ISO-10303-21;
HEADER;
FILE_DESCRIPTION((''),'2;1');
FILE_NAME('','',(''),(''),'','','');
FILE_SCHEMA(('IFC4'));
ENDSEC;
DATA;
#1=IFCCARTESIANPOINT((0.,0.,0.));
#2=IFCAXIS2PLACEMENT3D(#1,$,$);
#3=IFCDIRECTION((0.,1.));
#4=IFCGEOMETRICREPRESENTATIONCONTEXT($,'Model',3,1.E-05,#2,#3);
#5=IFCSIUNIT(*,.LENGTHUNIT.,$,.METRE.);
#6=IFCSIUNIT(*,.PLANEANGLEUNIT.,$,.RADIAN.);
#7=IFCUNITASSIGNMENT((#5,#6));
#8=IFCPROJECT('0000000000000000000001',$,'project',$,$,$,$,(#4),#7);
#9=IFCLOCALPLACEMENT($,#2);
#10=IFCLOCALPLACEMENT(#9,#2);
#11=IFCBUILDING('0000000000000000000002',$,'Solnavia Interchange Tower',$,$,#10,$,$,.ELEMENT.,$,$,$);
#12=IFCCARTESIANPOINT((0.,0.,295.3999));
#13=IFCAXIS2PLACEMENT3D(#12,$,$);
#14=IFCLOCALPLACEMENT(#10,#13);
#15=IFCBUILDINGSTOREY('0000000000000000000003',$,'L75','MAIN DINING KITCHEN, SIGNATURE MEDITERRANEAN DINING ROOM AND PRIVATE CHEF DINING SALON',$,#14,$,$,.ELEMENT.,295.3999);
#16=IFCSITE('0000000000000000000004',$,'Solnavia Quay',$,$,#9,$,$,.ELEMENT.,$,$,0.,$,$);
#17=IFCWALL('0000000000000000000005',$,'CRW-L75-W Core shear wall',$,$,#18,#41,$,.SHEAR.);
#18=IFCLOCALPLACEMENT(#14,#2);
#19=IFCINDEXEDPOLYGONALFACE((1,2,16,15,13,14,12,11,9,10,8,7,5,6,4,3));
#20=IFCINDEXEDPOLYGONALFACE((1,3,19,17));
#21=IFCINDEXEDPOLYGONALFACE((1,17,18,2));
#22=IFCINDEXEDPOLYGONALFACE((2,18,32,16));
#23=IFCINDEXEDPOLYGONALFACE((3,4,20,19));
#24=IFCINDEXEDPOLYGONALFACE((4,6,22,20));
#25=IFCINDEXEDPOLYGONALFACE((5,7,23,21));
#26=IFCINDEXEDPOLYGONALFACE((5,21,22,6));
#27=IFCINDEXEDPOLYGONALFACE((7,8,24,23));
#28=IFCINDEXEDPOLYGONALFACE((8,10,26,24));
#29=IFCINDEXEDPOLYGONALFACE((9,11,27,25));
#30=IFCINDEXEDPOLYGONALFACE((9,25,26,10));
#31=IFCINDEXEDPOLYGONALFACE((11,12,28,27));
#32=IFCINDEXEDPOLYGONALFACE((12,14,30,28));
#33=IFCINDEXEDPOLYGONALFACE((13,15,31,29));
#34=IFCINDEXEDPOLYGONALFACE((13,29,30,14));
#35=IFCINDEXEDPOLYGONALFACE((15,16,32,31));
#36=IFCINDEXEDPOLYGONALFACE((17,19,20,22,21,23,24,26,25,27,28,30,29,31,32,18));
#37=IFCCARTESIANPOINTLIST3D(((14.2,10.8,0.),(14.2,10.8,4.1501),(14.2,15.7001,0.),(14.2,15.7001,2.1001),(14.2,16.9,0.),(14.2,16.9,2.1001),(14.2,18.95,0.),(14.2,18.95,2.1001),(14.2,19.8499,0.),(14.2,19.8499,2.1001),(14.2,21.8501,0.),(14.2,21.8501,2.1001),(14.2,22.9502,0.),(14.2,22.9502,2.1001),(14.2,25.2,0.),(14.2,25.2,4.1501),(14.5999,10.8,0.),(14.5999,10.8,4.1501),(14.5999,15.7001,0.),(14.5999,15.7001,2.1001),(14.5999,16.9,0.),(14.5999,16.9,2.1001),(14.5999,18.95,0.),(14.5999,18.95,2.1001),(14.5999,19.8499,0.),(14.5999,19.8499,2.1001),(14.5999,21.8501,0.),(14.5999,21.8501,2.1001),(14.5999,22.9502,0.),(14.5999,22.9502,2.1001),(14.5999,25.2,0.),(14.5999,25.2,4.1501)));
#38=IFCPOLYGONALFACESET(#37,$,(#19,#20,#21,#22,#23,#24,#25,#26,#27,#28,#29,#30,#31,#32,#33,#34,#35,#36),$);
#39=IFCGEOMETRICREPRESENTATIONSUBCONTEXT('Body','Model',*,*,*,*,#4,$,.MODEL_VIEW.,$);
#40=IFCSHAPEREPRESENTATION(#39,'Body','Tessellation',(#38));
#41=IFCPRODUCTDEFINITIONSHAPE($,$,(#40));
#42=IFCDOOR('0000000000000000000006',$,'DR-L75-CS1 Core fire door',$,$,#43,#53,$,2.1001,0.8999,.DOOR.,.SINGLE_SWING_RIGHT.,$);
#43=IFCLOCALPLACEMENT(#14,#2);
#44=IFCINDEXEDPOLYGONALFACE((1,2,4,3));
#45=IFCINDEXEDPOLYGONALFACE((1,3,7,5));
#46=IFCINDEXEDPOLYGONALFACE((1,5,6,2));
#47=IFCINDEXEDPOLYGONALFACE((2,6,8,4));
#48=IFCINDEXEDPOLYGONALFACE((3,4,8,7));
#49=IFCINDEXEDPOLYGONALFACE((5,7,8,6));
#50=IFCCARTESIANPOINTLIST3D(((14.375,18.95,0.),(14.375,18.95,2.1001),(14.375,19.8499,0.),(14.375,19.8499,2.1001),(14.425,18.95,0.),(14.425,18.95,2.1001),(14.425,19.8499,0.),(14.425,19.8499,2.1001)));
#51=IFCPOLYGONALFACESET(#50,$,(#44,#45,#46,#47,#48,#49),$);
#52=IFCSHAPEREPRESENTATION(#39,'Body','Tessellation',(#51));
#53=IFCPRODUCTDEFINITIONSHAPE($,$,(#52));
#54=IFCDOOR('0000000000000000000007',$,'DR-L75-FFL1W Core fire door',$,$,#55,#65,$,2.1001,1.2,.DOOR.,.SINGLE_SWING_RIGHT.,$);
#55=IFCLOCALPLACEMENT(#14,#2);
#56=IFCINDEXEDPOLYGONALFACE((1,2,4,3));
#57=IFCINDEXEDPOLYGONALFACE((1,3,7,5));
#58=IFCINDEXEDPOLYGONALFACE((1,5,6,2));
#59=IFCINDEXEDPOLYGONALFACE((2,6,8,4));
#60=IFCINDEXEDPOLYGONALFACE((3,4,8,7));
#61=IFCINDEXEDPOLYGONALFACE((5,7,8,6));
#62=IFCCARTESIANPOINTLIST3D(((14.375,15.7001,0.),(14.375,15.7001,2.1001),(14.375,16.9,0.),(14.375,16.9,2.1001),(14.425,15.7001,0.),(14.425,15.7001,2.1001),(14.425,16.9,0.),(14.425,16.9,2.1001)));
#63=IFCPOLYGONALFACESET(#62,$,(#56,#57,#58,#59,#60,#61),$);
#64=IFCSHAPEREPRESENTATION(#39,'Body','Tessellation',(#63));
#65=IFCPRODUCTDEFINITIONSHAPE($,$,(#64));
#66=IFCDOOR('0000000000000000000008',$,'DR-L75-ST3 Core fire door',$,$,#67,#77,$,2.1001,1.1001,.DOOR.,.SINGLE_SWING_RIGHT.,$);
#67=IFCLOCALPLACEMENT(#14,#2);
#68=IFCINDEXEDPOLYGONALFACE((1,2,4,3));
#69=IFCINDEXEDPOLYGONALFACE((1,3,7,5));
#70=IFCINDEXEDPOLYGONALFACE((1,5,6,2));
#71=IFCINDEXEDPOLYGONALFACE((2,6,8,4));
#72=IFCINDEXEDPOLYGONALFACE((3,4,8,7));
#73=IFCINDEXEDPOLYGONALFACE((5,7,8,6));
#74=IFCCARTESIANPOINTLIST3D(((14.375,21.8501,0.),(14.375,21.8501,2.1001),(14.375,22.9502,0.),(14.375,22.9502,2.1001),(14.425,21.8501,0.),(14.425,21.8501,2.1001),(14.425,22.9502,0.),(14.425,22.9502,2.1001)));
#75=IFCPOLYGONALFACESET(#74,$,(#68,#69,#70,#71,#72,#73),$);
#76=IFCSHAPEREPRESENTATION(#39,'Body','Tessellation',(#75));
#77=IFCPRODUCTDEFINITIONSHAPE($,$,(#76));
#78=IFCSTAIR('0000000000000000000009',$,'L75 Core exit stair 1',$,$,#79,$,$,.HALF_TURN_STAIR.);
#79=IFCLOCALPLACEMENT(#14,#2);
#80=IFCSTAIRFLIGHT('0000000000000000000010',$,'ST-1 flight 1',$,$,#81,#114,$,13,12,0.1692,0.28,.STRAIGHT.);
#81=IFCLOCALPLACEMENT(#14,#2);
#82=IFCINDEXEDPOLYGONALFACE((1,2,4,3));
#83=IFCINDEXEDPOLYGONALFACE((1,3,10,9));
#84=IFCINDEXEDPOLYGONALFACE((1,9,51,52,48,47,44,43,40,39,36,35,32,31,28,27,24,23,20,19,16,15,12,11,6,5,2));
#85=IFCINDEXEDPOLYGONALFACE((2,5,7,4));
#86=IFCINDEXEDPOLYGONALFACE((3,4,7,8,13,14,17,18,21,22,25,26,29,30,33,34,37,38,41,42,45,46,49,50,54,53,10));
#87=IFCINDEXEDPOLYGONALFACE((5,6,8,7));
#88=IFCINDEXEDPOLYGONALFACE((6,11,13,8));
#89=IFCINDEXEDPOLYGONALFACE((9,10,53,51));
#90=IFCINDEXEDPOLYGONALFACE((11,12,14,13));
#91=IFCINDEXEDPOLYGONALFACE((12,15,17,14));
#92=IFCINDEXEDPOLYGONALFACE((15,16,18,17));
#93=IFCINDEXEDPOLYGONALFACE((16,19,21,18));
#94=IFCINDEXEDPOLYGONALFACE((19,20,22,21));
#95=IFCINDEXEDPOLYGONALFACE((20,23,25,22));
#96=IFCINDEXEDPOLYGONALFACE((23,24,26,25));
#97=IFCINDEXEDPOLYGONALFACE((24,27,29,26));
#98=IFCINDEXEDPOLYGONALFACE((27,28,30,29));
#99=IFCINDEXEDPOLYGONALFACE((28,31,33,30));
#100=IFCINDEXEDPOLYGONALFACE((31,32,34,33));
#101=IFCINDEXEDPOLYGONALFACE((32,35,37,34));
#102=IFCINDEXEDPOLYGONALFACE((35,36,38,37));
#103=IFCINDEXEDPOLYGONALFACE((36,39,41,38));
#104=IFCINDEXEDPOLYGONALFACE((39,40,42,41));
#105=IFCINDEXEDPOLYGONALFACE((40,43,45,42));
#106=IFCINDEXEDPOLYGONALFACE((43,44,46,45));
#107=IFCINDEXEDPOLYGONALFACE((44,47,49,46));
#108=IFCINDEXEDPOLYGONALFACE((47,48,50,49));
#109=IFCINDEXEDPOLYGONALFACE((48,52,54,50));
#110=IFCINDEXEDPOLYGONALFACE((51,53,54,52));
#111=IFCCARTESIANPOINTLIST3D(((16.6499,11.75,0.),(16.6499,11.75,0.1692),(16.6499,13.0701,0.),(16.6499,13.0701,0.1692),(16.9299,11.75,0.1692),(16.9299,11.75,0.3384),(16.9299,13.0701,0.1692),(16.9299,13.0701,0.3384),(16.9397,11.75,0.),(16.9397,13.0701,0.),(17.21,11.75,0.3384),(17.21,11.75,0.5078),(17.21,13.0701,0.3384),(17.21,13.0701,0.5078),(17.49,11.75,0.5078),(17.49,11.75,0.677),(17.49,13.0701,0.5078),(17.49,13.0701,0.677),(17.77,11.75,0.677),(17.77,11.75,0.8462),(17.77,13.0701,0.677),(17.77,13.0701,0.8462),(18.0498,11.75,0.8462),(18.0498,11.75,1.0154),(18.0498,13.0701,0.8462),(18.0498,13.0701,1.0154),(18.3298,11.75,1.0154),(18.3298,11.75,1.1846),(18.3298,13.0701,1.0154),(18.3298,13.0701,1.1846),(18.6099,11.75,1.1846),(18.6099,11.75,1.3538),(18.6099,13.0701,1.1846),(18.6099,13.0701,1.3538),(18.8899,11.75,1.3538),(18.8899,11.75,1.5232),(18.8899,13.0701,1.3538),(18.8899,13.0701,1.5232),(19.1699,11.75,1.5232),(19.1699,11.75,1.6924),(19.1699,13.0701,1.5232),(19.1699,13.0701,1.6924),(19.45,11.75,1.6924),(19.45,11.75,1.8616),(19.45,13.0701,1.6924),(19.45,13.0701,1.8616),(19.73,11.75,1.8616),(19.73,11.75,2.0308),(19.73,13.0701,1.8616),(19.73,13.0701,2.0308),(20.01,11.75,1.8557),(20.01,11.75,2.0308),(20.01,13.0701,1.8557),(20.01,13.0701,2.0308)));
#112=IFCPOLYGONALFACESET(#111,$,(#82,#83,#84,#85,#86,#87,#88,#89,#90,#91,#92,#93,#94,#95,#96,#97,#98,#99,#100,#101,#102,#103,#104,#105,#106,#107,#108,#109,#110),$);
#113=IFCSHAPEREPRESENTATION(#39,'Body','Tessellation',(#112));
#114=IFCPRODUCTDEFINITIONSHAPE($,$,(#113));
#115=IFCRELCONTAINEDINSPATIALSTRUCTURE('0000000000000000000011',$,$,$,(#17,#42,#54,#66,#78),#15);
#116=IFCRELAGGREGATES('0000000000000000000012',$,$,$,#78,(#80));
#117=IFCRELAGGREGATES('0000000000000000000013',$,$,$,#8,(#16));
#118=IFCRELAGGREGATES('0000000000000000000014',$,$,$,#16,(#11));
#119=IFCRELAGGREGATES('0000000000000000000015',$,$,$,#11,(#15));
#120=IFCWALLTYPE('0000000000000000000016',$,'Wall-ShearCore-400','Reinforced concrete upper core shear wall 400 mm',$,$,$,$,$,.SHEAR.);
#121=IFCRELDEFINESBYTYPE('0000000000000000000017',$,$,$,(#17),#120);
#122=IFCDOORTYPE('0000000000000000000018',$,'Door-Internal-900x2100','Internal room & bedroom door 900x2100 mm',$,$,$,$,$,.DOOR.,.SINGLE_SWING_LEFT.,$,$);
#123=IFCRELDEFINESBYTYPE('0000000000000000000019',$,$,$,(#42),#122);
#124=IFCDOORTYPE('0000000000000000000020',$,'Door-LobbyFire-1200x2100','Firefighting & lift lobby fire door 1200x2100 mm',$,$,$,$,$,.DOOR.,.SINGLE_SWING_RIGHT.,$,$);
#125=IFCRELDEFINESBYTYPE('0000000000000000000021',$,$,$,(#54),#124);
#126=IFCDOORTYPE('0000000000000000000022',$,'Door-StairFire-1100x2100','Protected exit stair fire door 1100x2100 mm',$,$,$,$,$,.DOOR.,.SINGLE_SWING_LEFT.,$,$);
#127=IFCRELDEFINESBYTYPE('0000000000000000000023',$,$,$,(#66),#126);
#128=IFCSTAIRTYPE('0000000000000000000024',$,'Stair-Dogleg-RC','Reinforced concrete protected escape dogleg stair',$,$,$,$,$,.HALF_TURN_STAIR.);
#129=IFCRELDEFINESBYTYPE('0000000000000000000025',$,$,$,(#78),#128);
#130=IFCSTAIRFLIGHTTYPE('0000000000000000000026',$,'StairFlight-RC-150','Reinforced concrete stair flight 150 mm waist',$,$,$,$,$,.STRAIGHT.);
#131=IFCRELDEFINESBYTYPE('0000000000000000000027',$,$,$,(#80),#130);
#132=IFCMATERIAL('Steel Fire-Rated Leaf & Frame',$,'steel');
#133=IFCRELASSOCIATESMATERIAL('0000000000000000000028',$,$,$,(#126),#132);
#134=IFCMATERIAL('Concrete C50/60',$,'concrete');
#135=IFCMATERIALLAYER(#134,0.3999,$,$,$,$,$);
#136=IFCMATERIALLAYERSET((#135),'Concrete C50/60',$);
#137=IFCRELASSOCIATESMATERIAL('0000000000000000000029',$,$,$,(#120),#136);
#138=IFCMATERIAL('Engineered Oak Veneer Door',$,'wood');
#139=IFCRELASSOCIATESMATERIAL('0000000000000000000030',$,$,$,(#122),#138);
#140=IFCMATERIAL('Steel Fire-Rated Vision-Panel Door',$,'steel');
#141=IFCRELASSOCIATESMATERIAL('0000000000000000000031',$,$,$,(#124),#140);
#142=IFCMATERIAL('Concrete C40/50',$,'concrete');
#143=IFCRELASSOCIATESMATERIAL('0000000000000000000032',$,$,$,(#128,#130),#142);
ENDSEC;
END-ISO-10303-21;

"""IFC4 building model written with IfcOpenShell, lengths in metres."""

from ifc_helpers import new_model, si_unit, direction, frame, frame_2d, origin, place, context, subcontext, project, spatial, polyline, rectangle, outline, extrude, material, layer, layer_set, type_object, element, fill, aggregate, save


model = new_model("IFC4")

# Units and contexts
model_context = context("Model", 3, precision=1e-05, world=origin(), true_north=direction((0.0, 1.0)))
body_context = subcontext(model_context, "Body", "Model", "MODEL_VIEW")
ifc_project = project(units=[si_unit("LENGTHUNIT", "METRE"), si_unit("PLANEANGLEUNIT", "RADIAN")], contexts=[model_context])

# Site, building, storey
site_placement = place(None, origin())
site = spatial("IfcSite", under=ifc_project, at=site_placement, Name="Solnavia Quay", CompositionType="ELEMENT", RefElevation=0.0)
building_placement = place(site_placement, origin())
building = spatial("IfcBuilding", under=site, at=building_placement, Name="Solnavia Interchange Tower", CompositionType="ELEMENT")
storey_placement = place(building_placement, frame((0.0, 0.0, 295.3999)))
storey = spatial("IfcBuildingStorey", under=building, at=storey_placement, Name="L75", Description="MAIN DINING KITCHEN, SIGNATURE MEDITERRANEAN DINING ROOM AND PRIVATE CHEF DINING SALON", CompositionType="ELEMENT", Elevation=295.3999)

# Shared definitions
ifc_material_1 = material(Name="Concrete C50/60", Category="concrete")

# Shared definitions
ifc_material_2 = material(Name="Concrete C40/50", Category="concrete")

# Shared definitions
ifc_material_3 = material(Name="Steel Fire-Rated Leaf & Frame", Category="steel")
door_type_1 = type_object("IfcDoorType", Name="Door-StairFire-1100x2100", Description="Protected exit stair fire door 1100x2100 mm", OperationType="SINGLE_SWING_LEFT", PredefinedType="DOOR", material=ifc_material_3)

# Shared definitions
ifc_layer_1 = layer(ifc_material_1, 0.3999)
ifc_layer_set_1 = layer_set([ifc_layer_1], Name="Concrete C50/60")
wall_type_1 = type_object("IfcWallType", Name="Wall-ShearCore-400", Description="Reinforced concrete upper core shear wall 400 mm", PredefinedType="SHEAR", material=ifc_layer_set_1)

# Wall, openings, doors
wall_1_placement = place(storey_placement, frame((14.3999, 10.8, 0.0), z_axis=(0.0, 0.0, 1.0), x_axis=(0.0, 1.0, 0.0)))
wall_1 = element("IfcWall", 1, at=wall_1_placement, inside=storey, type_object=wall_type_1, Name="CRW-L75-W Core shear wall", PredefinedType="SHEAR", context=body_context, shape_type="SweptSolid", body=[
    extrude(rectangle(XDim=14.3999, YDim=0.3999, at=frame_2d((7.2, 0.0))), origin(), (0.0, 0.0, 1.0), 4.1501),
])
opening_1_placement = place(wall_1_placement, frame((11.05, 0.0, 0.0)))
opening_1 = element("IfcOpeningElement", 2, at=opening_1_placement, cuts=wall_1, PredefinedType="OPENING", context=body_context, shape_type="SweptSolid", body=[
    extrude(rectangle(XDim=1.1001, YDim=2.1001, at=frame_2d((0.55, 1.05))), frame((0.0, 0.21, 0.0), z_axis=(0.0, -1.0, 0.0), x_axis=(1.0, 0.0, 0.0)), (0.0, 0.0, 1.0), 0.4199),
])
opening_2_placement = place(wall_1_placement, frame((4.8999, 0.0, 0.0)))
opening_2 = element("IfcOpeningElement", 3, at=opening_2_placement, cuts=wall_1, PredefinedType="OPENING", context=body_context, shape_type="SweptSolid", body=[
    extrude(rectangle(XDim=1.2, YDim=2.1001, at=frame_2d((0.6001, 1.05))), frame((0.0, 0.21, 0.0), z_axis=(0.0, -1.0, 0.0), x_axis=(1.0, 0.0, 0.0)), (0.0, 0.0, 1.0), 0.4199),
])
opening_3_placement = place(wall_1_placement, frame((8.1499, 0.0, 0.0)))
opening_3 = element("IfcOpeningElement", 4, at=opening_3_placement, cuts=wall_1, PredefinedType="OPENING", context=body_context, shape_type="SweptSolid", body=[
    extrude(rectangle(XDim=0.8999, YDim=2.1001, at=frame_2d((0.45, 1.05))), frame((0.0, 0.21, 0.0), z_axis=(0.0, -1.0, 0.0), x_axis=(1.0, 0.0, 0.0)), (0.0, 0.0, 1.0), 0.4199),
])
ifc_material_4 = material(Name="Engineered Oak Veneer Door", Category="wood")
door_type_2 = type_object("IfcDoorType", Name="Door-Internal-900x2100", Description="Internal room & bedroom door 900x2100 mm", OperationType="SINGLE_SWING_LEFT", PredefinedType="DOOR", material=ifc_material_4)
door_1_placement = place(opening_3_placement, origin())
door_1 = element("IfcDoor", 5, at=door_1_placement, inside=storey, type_object=door_type_2, Name="DR-L75-CS1 Core fire door", OperationType="SINGLE_SWING_RIGHT", OverallHeight=2.1001, OverallWidth=0.8999, PredefinedType="DOOR", context=body_context, shape_type="SweptSolid", body=[
    extrude(rectangle(XDim=0.8999, YDim=2.1001, at=frame_2d((0.45, 1.05))), frame((0.0, 0.0249, 0.0), z_axis=(0.0, -1.0, 0.0), x_axis=(1.0, 0.0, 0.0)), (0.0, 0.0, 1.0), 0.05),
])
fill(opening_3, door_1)
ifc_material_5 = material(Name="Steel Fire-Rated Vision-Panel Door", Category="steel")
door_type_3 = type_object("IfcDoorType", Name="Door-LobbyFire-1200x2100", Description="Firefighting & lift lobby fire door 1200x2100 mm", OperationType="SINGLE_SWING_RIGHT", PredefinedType="DOOR", material=ifc_material_5)
door_2_placement = place(opening_2_placement, origin())
door_2 = element("IfcDoor", 6, at=door_2_placement, inside=storey, type_object=door_type_3, Name="DR-L75-FFL1W Core fire door", OperationType="SINGLE_SWING_RIGHT", OverallHeight=2.1001, OverallWidth=1.2, PredefinedType="DOOR", context=body_context, shape_type="SweptSolid", body=[
    extrude(rectangle(XDim=1.2, YDim=2.1001, at=frame_2d((0.6001, 1.05))), frame((0.0, 0.0249, 0.0), z_axis=(0.0, -1.0, 0.0), x_axis=(1.0, 0.0, 0.0)), (0.0, 0.0, 1.0), 0.05),
])
fill(opening_2, door_2)
door_3_placement = place(opening_1_placement, origin())
door_3 = element("IfcDoor", 7, at=door_3_placement, inside=storey, type_object=door_type_1, Name="DR-L75-ST3 Core fire door", OperationType="SINGLE_SWING_RIGHT", OverallHeight=2.1001, OverallWidth=1.1001, PredefinedType="DOOR", context=body_context, shape_type="SweptSolid", body=[
    extrude(rectangle(XDim=1.1001, YDim=2.1001, at=frame_2d((0.55, 1.05))), frame((0.0, 0.0249, 0.0), z_axis=(0.0, -1.0, 0.0), x_axis=(1.0, 0.0, 0.0)), (0.0, 0.0, 1.0), 0.05),
])
fill(opening_1, door_3)

# Stair, stair flight
stair_type = type_object("IfcStairType", Name="Stair-Dogleg-RC", Description="Reinforced concrete protected escape dogleg stair", PredefinedType="HALF_TURN_STAIR", material=ifc_material_2)
stair_placement = place(storey_placement, origin())
stair = element("IfcStair", 8, at=stair_placement, inside=storey, type_object=stair_type, Name="L75 Core exit stair 1", PredefinedType="HALF_TURN_STAIR")
stair_flight_type = type_object("IfcStairFlightType", Name="StairFlight-RC-150", Description="Reinforced concrete stair flight 150 mm waist", PredefinedType="STRAIGHT", material=ifc_material_2)
stair_flight_placement = place(storey_placement, frame((16.6499, 12.4099, 0.0), z_axis=(0.0, 0.0, 1.0), x_axis=(1.0, 0.0, 0.0)))
stair_flight = element("IfcStairFlight", 9, at=stair_flight_placement, type_object=stair_flight_type, Name="ST-1 flight 1", NumberOfRisers=13, NumberOfTreads=12, PredefinedType="STRAIGHT", RiserHeight=0.1692, TreadLength=0.28, context=body_context, shape_type="SweptSolid", body=[
    extrude(outline(polyline([(0.0, 0.0), (0.0, 0.1692), (0.28, 0.1692), (0.28, 0.3384), (0.5601, 0.3384), (0.5601, 0.5078), (0.8401, 0.5078), (0.8401, 0.677), (1.1201, 0.677), (1.1201, 0.8462), (1.3999, 0.8462), (1.3999, 1.0154), (1.6799, 1.0154), (1.6799, 1.1846), (1.96, 1.1846), (1.96, 1.3538), (2.24, 1.3538), (2.24, 1.5232), (2.52, 1.5232), (2.52, 1.6924), (2.8, 1.6924), (2.8, 1.8616), (3.0801, 1.8616), (3.0801, 2.0308), (3.3601, 2.0308), (3.3601, 2.2), (3.3601, 1.8557), (0.2898, 0.0), (0.0, 0.0)])), frame((0.0, 0.6602, 0.0), z_axis=(0.0, -1.0, 0.0), x_axis=(1.0, 0.0, 0.0)), (0.0, 0.0, 1.0), 1.3201),
])
aggregate(stair, [stair_flight])

save(model, "model.ifc")
